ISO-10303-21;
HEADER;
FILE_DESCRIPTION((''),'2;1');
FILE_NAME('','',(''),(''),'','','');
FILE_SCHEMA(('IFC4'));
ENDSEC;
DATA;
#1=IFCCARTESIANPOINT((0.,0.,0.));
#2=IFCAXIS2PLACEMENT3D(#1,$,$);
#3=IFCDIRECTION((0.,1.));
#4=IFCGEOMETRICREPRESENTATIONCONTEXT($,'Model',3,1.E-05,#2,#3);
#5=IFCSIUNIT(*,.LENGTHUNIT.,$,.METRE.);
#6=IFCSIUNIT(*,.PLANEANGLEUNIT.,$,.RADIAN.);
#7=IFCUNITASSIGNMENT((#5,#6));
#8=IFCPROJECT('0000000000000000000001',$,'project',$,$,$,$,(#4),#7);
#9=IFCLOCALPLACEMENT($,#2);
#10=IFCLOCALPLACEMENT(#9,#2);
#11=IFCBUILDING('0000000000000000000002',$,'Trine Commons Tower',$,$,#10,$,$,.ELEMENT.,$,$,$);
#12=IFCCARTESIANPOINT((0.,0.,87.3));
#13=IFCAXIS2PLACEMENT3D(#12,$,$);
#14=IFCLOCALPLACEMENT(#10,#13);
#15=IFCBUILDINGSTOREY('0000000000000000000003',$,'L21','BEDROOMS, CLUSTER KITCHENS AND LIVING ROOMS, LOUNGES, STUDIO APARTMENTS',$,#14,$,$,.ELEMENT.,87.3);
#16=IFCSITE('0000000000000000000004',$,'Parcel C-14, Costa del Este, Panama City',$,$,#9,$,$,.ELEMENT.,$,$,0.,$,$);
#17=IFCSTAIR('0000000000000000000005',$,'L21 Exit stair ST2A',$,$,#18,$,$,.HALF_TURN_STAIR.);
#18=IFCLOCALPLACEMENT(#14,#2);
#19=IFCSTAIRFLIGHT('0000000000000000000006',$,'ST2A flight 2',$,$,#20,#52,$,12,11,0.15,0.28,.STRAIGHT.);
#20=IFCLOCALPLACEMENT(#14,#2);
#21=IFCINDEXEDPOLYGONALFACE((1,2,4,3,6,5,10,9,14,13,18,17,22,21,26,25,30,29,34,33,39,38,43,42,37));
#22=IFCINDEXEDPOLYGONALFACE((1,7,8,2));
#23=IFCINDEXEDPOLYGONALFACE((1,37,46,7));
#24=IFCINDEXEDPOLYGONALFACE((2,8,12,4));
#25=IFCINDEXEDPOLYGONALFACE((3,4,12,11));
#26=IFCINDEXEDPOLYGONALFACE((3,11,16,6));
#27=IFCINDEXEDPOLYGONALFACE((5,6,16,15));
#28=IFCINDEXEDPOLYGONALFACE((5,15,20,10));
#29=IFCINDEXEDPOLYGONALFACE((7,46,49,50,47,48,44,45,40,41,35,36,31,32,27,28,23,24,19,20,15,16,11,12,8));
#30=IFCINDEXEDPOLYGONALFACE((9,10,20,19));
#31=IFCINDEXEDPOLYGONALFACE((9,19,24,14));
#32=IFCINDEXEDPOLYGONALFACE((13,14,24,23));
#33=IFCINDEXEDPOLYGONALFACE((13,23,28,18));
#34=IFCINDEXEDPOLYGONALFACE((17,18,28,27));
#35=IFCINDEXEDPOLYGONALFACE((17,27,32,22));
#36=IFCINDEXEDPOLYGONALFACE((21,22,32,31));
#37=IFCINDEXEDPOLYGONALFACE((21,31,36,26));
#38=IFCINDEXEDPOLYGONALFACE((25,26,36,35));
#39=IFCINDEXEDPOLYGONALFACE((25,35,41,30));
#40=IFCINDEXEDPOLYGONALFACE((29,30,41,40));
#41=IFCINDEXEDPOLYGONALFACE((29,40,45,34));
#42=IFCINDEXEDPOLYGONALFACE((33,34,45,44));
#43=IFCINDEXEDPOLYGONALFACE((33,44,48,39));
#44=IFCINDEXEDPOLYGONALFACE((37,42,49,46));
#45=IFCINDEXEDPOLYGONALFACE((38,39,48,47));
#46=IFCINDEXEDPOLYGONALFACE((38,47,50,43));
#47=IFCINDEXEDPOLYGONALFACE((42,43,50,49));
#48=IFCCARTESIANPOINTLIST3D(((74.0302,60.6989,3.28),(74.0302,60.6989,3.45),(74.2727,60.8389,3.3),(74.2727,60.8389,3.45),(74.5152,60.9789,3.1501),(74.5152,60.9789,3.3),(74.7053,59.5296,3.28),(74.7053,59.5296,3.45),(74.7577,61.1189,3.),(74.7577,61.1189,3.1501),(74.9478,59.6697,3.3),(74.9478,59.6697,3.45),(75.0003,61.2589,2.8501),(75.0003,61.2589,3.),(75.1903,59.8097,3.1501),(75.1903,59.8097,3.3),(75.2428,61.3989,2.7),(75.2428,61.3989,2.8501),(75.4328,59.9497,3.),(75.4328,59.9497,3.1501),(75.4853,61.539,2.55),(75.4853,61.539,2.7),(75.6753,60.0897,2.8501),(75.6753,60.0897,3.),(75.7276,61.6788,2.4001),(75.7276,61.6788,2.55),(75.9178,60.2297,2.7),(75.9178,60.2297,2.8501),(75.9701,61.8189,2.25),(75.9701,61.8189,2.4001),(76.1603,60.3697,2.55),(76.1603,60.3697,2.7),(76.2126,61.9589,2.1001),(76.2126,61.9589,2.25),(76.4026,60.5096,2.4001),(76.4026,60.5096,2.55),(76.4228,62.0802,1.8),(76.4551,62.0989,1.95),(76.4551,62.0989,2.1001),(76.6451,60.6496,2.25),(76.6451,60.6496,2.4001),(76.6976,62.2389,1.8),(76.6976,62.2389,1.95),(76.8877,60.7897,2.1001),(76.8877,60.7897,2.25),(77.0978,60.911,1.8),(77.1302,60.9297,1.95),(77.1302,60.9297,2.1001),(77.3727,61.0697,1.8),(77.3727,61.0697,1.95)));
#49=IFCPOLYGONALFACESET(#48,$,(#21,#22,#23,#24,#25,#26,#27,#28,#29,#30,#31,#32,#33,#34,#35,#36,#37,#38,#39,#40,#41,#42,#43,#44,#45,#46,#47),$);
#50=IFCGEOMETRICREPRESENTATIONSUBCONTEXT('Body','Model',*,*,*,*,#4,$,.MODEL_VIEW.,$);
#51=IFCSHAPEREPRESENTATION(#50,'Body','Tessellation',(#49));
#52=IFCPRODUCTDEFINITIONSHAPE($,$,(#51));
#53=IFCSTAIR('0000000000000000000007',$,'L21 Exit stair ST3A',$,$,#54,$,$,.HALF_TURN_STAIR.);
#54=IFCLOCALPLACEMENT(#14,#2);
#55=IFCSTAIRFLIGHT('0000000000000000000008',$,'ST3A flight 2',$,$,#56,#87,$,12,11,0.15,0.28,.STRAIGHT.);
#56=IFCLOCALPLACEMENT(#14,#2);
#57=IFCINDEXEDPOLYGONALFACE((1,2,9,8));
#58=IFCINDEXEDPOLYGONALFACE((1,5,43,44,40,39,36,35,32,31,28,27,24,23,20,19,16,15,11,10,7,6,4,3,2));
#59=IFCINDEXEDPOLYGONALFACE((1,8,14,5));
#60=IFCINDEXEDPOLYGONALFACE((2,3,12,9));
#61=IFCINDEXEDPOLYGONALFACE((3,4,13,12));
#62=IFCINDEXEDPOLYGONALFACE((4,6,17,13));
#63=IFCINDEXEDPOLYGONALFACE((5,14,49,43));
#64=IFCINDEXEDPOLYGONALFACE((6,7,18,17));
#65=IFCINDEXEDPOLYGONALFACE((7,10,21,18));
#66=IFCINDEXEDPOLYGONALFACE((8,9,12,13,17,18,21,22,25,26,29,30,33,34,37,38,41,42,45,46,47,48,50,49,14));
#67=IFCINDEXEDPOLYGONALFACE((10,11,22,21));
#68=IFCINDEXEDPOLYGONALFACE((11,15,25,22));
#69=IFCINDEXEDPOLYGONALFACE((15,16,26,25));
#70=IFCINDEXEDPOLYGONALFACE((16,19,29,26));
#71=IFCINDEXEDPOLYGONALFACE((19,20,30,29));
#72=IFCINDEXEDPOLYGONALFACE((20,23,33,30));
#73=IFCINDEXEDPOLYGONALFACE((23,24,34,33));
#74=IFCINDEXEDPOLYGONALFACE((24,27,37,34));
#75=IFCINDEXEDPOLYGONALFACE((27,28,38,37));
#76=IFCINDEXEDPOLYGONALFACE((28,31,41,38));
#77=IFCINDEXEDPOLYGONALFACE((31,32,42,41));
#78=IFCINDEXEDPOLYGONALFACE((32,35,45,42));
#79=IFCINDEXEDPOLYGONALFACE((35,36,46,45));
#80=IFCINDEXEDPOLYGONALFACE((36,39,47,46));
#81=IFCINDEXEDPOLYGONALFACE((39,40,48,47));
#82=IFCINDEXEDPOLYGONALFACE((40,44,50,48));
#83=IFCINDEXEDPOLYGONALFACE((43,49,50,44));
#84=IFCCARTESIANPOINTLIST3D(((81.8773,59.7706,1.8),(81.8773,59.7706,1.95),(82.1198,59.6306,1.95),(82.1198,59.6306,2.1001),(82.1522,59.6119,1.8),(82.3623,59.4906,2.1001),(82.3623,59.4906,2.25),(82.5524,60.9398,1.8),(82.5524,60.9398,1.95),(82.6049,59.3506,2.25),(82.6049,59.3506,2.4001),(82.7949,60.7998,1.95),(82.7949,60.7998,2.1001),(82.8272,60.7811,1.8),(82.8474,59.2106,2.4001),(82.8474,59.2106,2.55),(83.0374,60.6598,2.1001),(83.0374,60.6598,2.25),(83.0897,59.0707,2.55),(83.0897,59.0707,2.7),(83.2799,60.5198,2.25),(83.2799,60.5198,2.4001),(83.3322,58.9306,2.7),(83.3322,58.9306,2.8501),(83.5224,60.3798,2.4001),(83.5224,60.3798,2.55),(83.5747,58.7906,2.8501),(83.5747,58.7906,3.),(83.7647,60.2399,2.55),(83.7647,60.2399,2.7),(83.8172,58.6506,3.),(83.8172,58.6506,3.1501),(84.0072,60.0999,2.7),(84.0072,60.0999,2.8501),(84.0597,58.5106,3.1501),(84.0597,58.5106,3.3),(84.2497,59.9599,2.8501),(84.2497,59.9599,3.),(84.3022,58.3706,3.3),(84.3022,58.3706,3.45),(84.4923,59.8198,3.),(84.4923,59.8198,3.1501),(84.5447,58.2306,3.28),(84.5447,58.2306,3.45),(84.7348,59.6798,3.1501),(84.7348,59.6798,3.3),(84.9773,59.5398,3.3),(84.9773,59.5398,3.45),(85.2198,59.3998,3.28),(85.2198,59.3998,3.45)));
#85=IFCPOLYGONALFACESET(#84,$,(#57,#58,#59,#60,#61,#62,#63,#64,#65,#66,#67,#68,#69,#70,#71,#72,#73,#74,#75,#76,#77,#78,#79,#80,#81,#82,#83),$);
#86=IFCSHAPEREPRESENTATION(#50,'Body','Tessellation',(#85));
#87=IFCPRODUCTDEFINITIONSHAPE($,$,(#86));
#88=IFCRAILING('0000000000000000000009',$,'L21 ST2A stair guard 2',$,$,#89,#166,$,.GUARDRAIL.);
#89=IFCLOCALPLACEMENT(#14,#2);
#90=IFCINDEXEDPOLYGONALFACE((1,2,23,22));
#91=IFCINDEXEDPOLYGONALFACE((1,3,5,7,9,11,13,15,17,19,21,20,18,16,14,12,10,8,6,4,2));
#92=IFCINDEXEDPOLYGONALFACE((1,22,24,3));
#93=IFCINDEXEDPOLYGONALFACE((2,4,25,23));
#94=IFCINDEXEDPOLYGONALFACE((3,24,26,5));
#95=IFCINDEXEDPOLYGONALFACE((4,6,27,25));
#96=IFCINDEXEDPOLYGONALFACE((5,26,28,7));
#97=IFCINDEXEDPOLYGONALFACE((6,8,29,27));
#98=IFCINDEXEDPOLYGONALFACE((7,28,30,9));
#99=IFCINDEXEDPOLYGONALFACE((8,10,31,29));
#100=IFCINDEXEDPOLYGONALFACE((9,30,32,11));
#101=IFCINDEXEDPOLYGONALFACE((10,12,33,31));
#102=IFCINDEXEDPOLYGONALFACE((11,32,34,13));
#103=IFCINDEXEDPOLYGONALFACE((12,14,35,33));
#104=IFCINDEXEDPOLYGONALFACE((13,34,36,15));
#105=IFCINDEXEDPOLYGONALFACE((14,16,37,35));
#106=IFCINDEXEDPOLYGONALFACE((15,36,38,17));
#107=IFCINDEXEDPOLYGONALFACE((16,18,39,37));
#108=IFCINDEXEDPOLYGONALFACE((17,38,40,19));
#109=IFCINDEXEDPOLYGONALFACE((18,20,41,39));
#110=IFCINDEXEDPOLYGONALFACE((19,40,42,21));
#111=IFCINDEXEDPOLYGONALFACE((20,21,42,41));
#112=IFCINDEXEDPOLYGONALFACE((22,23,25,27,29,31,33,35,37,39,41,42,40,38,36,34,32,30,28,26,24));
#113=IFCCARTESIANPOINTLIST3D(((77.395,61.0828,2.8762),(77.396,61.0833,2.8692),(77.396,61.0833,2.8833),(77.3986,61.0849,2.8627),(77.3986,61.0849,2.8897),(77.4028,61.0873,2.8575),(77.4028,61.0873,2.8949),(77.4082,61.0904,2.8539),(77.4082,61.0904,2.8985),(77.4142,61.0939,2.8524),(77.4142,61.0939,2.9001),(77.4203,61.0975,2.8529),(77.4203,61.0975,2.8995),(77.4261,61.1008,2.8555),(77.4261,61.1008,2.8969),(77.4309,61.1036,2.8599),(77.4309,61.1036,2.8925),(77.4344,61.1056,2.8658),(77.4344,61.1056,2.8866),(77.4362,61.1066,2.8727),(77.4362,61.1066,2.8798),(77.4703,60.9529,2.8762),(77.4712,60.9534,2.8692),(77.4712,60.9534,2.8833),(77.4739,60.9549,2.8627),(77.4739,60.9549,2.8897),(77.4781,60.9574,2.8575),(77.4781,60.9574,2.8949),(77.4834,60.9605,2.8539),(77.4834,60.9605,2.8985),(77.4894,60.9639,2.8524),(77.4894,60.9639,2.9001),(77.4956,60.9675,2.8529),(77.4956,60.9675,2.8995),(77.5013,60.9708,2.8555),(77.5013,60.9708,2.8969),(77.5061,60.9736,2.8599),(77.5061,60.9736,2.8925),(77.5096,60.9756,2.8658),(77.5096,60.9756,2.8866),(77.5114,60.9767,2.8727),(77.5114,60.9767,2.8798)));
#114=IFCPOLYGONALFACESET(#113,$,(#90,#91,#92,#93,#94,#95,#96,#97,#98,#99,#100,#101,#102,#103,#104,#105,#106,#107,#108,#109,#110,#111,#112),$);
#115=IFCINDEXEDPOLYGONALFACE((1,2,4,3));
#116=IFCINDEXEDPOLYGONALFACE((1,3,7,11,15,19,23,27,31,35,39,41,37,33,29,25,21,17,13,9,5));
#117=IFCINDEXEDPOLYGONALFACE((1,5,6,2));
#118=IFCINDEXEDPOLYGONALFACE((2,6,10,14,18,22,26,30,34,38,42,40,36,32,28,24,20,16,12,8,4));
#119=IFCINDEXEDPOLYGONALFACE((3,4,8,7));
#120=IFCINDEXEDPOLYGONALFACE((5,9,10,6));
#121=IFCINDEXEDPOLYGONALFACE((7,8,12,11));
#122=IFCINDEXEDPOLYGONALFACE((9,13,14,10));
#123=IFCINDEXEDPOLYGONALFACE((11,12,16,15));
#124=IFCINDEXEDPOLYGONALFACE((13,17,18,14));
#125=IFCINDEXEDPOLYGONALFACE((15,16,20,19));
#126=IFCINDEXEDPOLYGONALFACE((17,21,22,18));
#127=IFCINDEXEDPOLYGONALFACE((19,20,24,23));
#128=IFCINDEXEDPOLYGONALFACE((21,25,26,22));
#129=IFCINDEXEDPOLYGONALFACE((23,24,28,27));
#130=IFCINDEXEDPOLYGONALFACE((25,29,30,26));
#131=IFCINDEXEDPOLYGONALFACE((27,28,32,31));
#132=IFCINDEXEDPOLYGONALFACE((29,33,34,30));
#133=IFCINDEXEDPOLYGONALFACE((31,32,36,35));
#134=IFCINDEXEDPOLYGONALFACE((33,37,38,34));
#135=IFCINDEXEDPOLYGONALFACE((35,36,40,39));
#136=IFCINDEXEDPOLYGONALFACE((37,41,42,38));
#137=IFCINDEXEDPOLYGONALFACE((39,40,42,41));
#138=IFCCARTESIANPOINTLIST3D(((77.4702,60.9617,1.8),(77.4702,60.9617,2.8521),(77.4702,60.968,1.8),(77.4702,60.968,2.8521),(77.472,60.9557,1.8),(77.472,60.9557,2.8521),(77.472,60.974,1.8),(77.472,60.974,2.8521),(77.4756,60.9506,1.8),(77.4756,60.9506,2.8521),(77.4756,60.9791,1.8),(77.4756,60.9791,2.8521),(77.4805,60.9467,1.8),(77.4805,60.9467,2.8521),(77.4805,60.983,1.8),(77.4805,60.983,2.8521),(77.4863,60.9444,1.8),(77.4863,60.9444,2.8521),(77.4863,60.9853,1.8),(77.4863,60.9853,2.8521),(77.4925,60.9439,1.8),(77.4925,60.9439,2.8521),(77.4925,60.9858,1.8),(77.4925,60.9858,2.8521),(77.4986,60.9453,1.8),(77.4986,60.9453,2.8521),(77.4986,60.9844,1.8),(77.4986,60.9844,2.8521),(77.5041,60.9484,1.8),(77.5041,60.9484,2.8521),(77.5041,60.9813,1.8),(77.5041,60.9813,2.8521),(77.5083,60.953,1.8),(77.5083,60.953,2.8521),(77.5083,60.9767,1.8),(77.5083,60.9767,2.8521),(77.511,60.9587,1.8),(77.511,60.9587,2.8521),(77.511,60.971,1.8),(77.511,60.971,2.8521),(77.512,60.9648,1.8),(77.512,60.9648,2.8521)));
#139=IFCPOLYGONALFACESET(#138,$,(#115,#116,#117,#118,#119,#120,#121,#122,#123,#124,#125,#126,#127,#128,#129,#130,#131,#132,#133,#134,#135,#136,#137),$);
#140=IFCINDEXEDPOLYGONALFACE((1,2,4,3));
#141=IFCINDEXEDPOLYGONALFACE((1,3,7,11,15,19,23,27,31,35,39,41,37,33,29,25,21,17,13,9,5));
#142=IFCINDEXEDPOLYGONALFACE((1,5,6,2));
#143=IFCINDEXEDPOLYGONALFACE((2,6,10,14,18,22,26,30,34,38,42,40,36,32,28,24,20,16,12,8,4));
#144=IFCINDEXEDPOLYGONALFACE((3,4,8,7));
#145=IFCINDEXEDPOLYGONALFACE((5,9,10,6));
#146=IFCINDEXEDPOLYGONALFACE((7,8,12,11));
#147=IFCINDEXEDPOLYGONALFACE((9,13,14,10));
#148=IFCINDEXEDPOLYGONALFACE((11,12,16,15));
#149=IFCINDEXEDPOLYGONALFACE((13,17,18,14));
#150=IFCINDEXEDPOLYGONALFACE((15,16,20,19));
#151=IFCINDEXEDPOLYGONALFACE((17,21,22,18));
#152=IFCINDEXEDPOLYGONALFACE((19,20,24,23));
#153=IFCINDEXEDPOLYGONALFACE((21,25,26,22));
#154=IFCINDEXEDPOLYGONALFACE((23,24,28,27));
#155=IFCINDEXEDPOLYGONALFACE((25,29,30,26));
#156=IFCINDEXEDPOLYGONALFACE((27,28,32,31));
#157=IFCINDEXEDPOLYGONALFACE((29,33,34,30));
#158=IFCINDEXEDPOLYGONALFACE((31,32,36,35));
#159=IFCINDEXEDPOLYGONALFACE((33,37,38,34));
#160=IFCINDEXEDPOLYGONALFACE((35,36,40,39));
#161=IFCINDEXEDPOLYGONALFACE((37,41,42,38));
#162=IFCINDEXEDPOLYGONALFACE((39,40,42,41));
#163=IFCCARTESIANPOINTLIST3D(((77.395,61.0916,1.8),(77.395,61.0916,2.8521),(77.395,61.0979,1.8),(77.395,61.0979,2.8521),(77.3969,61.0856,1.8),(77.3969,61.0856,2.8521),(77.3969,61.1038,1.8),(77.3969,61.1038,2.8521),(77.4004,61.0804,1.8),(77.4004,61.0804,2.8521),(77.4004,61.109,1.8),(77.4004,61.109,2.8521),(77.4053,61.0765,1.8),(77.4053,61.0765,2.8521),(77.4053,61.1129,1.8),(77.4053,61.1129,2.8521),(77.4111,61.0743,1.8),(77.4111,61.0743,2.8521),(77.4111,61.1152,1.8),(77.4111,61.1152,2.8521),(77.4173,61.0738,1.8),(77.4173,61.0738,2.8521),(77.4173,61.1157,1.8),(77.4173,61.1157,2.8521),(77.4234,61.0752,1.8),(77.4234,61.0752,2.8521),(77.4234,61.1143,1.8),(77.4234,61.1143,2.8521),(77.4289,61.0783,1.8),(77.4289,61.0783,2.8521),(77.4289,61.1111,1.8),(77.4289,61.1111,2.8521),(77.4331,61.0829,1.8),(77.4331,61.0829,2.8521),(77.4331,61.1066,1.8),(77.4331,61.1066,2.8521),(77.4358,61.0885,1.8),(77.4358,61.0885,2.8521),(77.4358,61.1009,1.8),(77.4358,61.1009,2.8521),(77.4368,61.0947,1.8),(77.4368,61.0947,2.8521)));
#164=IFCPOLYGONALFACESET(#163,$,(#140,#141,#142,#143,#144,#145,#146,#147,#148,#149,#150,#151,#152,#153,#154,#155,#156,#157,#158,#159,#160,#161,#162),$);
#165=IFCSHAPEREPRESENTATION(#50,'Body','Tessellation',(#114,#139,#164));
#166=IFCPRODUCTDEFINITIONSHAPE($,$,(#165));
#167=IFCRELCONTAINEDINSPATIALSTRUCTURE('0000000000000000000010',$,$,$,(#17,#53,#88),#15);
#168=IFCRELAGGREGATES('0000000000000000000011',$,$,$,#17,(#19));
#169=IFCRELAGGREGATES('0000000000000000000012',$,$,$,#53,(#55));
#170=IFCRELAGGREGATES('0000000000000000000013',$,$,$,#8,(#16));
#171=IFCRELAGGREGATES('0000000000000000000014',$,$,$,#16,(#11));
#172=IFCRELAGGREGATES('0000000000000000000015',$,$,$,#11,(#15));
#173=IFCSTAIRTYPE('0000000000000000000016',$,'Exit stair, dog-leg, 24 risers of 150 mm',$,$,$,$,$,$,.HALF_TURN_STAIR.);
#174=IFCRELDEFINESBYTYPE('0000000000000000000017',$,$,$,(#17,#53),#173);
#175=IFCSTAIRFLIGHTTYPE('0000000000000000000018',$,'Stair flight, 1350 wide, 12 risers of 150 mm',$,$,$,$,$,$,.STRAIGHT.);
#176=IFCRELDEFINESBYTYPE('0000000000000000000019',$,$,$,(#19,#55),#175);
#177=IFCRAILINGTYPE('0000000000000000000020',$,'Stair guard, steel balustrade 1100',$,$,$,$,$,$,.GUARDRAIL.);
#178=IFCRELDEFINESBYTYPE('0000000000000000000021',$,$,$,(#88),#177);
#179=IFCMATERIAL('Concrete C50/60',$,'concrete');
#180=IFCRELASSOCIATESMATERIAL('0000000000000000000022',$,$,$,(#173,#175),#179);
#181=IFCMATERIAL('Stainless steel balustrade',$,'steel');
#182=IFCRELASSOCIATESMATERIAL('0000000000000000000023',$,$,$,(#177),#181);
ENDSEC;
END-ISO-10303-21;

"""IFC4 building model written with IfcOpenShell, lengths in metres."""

from ifc_helpers import new_model, si_unit, direction, frame, origin, origin_2d, place, context, subcontext, project, spatial, polyline, circle, outline, extrude, material, type_object, element, aggregate, save


model = new_model("IFC4")

# Units and contexts
model_context = context("Model", 3, precision=1e-05, world=origin(), true_north=direction((0.0, 1.0)))
body_context = subcontext(model_context, "Body", "Model", "MODEL_VIEW")
ifc_project = project(units=[si_unit("LENGTHUNIT", "METRE"), si_unit("PLANEANGLEUNIT", "RADIAN")], contexts=[model_context])

# Site, building, storey
site_placement = place(None, origin())
site = spatial("IfcSite", under=ifc_project, at=site_placement, Name="Parcel C-14, Costa del Este, Panama City", CompositionType="ELEMENT", RefElevation=0.0)
building_placement = place(site_placement, origin())
building = spatial("IfcBuilding", under=site, at=building_placement, Name="Trine Commons Tower", CompositionType="ELEMENT")
storey_placement = place(building_placement, frame((0.0, 0.0, 87.3)))
storey = spatial("IfcBuildingStorey", under=building, at=storey_placement, Name="L21", Description="BEDROOMS, CLUSTER KITCHENS AND LIVING ROOMS, LOUNGES, STUDIO APARTMENTS", CompositionType="ELEMENT", Elevation=87.3)

# Stairs, stair flights
ifc_material_1 = material(Name="Concrete C50/60", Category="concrete")
stair_type = type_object("IfcStairType", Name="Exit stair, dog-leg, 24 risers of 150 mm", PredefinedType="HALF_TURN_STAIR", material=ifc_material_1)
stair_1_placement = place(storey_placement, origin())
stair_1 = element("IfcStair", 1, at=stair_1_placement, inside=storey, type_object=stair_type, Name="L21 Exit stair ST2A", PredefinedType="HALF_TURN_STAIR")
stair_flight_type = type_object("IfcStairFlightType", Name="Stair flight, 1350 wide, 12 risers of 150 mm", PredefinedType="STRAIGHT", material=ifc_material_1)
stair_flight_1_placement = place(storey_placement, frame((77.0352, 61.6543, 1.8), z_axis=(0.0, 0.0, 1.0), x_axis=(-0.866025, -0.5, 0.0)))
stair_flight_1 = element("IfcStairFlight", 2, at=stair_flight_1_placement, type_object=stair_flight_type, Name="ST2A flight 2", NumberOfRisers=12, NumberOfTreads=11, PredefinedType="STRAIGHT", RiserHeight=0.15, TreadLength=0.28, context=body_context, shape_type="SweptSolid", body=[
    extrude(outline(polyline([(0.0, 0.0), (0.0, 0.1499), (0.28, 0.1499), (0.28, 0.3), (0.5601, 0.3), (0.5601, 0.45), (0.8401, 0.45), (0.8401, 0.6001), (1.1201, 0.6001), (1.1201, 0.75), (1.3999, 0.75), (1.3999, 0.8999), (1.6799, 0.8999), (1.6799, 1.05), (1.96, 1.05), (1.96, 1.2), (2.24, 1.2), (2.24, 1.3501), (2.52, 1.3501), (2.52, 1.5), (2.8, 1.5), (2.8, 1.6499), (3.0801, 1.6499), (3.0801, 1.8), (3.0801, 1.48), (0.3174, 0.0), (0.0, 0.0)])), frame((0.0, 0.675, 0.0), z_axis=(0.0, -1.0, 0.0), x_axis=(1.0, 0.0, 0.0)), (0.0, 0.0, 1.0), 1.3501),
])
aggregate(stair_1, [stair_flight_1])
stair_2_placement = place(storey_placement, origin())
stair_2 = element("IfcStair", 3, at=stair_2_placement, inside=storey, type_object=stair_type, Name="L21 Exit stair ST3A", PredefinedType="HALF_TURN_STAIR")
stair_flight_2_placement = place(storey_placement, frame((82.2148, 60.3552, 1.8), z_axis=(0.0, 0.0, 1.0), x_axis=(0.866025, -0.5, 0.0)))
stair_flight_2 = element("IfcStairFlight", 4, at=stair_flight_2_placement, type_object=stair_flight_type, Name="ST3A flight 2", NumberOfRisers=12, NumberOfTreads=11, PredefinedType="STRAIGHT", RiserHeight=0.15, TreadLength=0.28, context=body_context, shape_type="SweptSolid", body=[
    extrude(outline(polyline([(0.0, 0.0), (0.0, 0.1499), (0.28, 0.1499), (0.28, 0.3), (0.5601, 0.3), (0.5601, 0.45), (0.8401, 0.45), (0.8401, 0.6001), (1.1201, 0.6001), (1.1201, 0.75), (1.3999, 0.75), (1.3999, 0.8999), (1.6799, 0.8999), (1.6799, 1.05), (1.96, 1.05), (1.96, 1.2), (2.24, 1.2), (2.24, 1.3501), (2.52, 1.3501), (2.52, 1.5), (2.8, 1.5), (2.8, 1.6499), (3.0801, 1.6499), (3.0801, 1.8), (3.0801, 1.48), (0.3174, 0.0), (0.0, 0.0)])), frame((0.0, 0.675, 0.0), z_axis=(0.0, -1.0, 0.0), x_axis=(1.0, 0.0, 0.0)), (0.0, 0.0, 1.0), 1.3501),
])
aggregate(stair_2, [stair_flight_2])

# Railing
ifc_material_2 = material(Name="Stainless steel balustrade", Category="steel")
railing_type_1 = type_object("IfcRailingType", Name="Stair guard, steel balustrade 1100", PredefinedType="GUARDRAIL", material=ifc_material_2)
railing_1_placement = place(storey_placement, frame((77.491, 60.9648, 1.8)))
element("IfcRailing", 5, at=railing_1_placement, inside=storey, type_object=railing_type_1, Name="L21 ST2A stair guard 2", PredefinedType="GUARDRAIL", context=body_context, shape_type="SweptSolid", body=[
    extrude(circle(Radius=0.0239, at=origin_2d()), frame((0.0, 0.0, 1.0762), z_axis=(-0.501036, 0.865426, 0.0), x_axis=(-0.865426, -0.501036, 0.0)), (0.0, 0.0, 1.0), 0.1501),
    extrude(circle(Radius=0.021, at=origin_2d()), origin(), (0.0, 0.0, 1.0), 1.052),
    extrude(circle(Radius=0.021, at=origin_2d()), frame((-0.0752, 0.1299, 0.0)), (0.0, 0.0, 1.0), 1.052),
])

save(model, "model.ifc")
